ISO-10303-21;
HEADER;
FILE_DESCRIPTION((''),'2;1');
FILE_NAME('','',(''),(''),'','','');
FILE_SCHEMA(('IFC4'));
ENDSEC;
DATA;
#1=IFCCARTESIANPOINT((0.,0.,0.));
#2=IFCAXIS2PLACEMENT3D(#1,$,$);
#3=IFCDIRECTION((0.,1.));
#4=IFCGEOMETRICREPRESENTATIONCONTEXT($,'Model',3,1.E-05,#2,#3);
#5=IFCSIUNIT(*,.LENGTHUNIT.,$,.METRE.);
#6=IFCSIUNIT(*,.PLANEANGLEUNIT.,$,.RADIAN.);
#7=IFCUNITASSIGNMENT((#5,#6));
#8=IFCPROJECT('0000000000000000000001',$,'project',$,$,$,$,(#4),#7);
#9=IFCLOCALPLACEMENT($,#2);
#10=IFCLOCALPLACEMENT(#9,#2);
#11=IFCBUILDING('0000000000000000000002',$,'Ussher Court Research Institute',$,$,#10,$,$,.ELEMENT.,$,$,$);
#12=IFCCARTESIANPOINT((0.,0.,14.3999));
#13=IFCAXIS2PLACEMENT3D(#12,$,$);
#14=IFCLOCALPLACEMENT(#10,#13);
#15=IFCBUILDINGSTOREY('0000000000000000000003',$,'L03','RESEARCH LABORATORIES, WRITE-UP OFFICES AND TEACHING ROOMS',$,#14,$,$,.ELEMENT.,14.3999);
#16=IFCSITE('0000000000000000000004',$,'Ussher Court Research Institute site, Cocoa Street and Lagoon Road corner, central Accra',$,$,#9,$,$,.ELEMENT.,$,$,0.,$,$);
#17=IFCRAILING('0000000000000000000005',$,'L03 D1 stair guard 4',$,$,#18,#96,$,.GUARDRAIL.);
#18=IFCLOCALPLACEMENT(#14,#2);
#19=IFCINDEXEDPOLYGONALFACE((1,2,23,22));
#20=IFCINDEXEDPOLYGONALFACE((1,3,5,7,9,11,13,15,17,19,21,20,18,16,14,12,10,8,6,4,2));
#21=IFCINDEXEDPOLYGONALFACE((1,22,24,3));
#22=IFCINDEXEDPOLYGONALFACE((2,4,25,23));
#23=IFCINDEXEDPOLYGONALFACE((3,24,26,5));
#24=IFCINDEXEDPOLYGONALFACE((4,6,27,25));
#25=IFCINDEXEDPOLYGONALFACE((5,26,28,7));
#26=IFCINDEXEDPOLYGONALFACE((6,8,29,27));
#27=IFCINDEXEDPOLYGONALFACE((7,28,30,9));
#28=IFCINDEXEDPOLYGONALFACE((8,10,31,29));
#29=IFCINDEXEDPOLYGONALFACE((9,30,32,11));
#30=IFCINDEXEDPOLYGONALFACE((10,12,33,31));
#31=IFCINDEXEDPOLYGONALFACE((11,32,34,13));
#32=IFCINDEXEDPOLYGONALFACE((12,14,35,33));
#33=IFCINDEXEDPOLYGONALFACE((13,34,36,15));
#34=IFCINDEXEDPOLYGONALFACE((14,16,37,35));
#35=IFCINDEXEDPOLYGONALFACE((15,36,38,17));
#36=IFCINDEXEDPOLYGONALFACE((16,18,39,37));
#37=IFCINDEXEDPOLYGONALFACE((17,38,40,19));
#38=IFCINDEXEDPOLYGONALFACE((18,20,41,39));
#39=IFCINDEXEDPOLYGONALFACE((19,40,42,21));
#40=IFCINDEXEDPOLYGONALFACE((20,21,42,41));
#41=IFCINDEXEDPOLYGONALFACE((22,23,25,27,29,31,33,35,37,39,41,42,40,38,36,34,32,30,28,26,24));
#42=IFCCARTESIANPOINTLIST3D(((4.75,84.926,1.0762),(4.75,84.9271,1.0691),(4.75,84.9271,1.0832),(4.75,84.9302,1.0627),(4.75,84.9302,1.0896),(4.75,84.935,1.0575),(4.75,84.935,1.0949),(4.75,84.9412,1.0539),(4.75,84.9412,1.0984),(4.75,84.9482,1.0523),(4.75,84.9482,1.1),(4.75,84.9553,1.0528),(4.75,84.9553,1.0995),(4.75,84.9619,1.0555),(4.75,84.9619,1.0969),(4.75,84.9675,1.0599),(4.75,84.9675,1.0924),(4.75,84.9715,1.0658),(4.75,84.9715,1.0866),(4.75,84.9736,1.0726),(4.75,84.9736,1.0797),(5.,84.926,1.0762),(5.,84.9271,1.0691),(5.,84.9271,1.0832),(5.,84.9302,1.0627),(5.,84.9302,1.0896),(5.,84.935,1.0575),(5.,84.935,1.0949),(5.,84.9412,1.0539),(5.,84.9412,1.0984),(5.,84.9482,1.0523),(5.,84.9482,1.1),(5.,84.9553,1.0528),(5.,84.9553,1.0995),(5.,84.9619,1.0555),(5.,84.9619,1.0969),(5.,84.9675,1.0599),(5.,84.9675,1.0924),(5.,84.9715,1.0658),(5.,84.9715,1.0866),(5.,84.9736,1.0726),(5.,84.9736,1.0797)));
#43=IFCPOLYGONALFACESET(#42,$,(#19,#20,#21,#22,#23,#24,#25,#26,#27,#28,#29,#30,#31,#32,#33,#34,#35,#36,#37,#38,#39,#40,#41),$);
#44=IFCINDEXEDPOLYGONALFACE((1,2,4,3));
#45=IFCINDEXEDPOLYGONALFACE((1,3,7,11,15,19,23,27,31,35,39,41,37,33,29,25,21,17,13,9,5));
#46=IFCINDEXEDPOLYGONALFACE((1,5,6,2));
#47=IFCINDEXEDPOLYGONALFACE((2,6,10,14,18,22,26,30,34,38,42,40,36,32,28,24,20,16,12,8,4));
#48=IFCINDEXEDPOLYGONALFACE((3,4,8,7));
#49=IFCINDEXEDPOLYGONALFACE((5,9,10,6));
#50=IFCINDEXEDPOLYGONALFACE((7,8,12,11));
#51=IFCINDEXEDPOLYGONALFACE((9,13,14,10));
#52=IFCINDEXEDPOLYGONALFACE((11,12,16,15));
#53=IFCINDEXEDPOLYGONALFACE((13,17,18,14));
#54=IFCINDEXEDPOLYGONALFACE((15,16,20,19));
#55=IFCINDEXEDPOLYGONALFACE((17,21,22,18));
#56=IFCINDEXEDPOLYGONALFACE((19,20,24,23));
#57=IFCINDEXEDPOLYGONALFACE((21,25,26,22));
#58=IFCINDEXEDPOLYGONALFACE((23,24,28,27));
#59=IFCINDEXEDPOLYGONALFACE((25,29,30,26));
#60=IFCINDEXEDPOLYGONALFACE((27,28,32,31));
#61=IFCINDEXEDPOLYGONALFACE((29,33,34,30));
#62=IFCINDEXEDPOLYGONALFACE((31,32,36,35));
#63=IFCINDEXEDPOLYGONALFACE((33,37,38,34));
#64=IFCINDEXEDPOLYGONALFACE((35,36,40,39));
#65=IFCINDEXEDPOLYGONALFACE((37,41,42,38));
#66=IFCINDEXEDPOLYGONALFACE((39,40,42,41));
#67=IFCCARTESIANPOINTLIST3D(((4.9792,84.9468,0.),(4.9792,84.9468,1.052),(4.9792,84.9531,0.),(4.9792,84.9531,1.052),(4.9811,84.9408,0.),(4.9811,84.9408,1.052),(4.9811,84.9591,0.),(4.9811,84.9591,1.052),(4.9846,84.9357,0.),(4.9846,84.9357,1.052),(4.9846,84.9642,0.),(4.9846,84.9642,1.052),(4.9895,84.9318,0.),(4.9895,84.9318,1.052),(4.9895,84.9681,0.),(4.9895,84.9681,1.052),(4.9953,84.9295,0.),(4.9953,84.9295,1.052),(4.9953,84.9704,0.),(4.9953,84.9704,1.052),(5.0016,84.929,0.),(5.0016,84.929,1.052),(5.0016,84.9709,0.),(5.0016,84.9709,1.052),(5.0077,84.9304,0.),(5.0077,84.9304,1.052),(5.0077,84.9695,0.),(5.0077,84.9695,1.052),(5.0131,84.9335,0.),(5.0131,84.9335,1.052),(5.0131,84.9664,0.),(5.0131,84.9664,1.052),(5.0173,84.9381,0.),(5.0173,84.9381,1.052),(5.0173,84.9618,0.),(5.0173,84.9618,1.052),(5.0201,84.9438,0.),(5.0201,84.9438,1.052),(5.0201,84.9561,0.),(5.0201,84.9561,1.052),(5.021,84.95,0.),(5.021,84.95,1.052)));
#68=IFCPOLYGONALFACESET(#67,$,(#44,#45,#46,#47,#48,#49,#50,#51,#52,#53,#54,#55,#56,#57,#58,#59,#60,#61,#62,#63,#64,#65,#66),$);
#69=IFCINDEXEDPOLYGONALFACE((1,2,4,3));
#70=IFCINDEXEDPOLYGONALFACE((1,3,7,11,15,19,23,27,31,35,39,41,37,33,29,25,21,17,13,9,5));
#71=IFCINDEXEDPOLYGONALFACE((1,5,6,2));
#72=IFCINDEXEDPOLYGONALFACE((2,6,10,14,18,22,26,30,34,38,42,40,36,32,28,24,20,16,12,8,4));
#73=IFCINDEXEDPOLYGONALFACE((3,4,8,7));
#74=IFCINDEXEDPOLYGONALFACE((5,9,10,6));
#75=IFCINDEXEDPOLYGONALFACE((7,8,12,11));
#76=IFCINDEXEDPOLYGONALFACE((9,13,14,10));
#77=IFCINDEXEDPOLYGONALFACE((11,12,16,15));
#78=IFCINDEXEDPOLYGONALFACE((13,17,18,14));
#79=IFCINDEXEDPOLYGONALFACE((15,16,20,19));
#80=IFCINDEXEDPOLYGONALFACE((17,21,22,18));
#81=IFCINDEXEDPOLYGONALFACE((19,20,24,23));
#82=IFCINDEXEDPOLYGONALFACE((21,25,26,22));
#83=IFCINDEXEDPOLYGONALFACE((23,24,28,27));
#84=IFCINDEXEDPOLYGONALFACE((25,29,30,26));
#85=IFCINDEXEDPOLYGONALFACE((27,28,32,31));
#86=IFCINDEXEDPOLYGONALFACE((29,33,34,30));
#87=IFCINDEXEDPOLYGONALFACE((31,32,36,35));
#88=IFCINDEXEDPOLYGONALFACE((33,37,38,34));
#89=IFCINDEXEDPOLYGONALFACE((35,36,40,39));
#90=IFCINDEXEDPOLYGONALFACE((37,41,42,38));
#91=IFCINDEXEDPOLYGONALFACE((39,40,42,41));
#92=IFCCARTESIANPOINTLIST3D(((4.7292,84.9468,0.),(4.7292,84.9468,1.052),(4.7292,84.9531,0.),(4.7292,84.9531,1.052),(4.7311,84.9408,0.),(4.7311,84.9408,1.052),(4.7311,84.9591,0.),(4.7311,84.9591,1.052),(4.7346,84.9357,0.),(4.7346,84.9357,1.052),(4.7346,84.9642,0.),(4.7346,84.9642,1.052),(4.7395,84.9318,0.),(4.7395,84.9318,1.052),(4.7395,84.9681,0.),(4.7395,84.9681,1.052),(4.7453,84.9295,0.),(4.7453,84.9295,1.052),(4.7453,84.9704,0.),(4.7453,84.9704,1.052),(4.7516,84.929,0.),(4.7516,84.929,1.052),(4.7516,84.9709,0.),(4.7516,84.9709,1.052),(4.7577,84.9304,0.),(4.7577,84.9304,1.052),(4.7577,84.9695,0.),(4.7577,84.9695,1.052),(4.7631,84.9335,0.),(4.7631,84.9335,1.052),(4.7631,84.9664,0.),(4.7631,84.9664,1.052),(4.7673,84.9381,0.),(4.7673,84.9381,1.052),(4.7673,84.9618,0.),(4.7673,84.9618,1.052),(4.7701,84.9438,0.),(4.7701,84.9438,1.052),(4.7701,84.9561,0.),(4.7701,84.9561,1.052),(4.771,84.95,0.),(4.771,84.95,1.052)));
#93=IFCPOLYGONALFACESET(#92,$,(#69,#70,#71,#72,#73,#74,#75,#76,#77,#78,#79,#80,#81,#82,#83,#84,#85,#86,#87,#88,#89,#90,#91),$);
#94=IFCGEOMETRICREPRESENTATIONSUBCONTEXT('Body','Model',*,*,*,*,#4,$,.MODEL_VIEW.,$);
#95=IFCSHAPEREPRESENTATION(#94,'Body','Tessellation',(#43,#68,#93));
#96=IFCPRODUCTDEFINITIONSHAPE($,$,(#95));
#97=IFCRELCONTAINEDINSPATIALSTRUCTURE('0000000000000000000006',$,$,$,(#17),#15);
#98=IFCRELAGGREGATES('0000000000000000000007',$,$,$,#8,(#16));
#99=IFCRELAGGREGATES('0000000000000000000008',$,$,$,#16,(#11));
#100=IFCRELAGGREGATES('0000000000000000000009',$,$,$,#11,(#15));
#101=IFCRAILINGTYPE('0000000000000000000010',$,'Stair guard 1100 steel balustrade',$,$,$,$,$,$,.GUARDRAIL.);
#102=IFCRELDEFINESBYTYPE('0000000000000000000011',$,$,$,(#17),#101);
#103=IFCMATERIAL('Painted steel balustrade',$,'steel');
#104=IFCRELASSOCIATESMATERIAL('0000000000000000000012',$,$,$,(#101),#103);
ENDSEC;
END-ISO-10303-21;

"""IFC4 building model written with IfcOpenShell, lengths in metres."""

from ifc_helpers import new_model, si_unit, direction, frame, origin, origin_2d, place, context, subcontext, project, spatial, circle, extrude, material, type_object, element, save


model = new_model("IFC4")

# Units and contexts
model_context = context("Model", 3, precision=1e-05, world=origin(), true_north=direction((0.0, 1.0)))
body_context = subcontext(model_context, "Body", "Model", "MODEL_VIEW")
ifc_project = project(units=[si_unit("LENGTHUNIT", "METRE"), si_unit("PLANEANGLEUNIT", "RADIAN")], contexts=[model_context])

# Site, building, storey
site_placement = place(None, origin())
site = spatial("IfcSite", under=ifc_project, at=site_placement, Name="Ussher Court Research Institute site, Cocoa Street and Lagoon Road corner, central Accra", CompositionType="ELEMENT", RefElevation=0.0)
building_placement = place(site_placement, origin())
building = spatial("IfcBuilding", under=site, at=building_placement, Name="Ussher Court Research Institute", CompositionType="ELEMENT")
storey_placement = place(building_placement, frame((0.0, 0.0, 14.3999)))
storey = spatial("IfcBuildingStorey", under=building, at=storey_placement, Name="L03", Description="RESEARCH LABORATORIES, WRITE-UP OFFICES AND TEACHING ROOMS", CompositionType="ELEMENT", Elevation=14.3999)

# Railing
ifc_material_1 = material(Name="Painted steel balustrade", Category="steel")
railing_type = type_object("IfcRailingType", Name="Stair guard 1100 steel balustrade", PredefinedType="GUARDRAIL", material=ifc_material_1)
railing_1_placement = place(storey_placement, frame((5.0, 84.95, 0.0)))
element("IfcRailing", 1, at=railing_1_placement, inside=storey, type_object=railing_type, Name="L03 D1 stair guard 4", PredefinedType="GUARDRAIL", context=body_context, shape_type="SweptSolid", body=[
    extrude(circle(Radius=0.0239, at=origin_2d()), frame((0.0, 0.0, 1.0762), z_axis=(-1.0, 0.0, 0.0), x_axis=(0.0, -1.0, 0.0)), (0.0, 0.0, 1.0), 0.25),
    extrude(circle(Radius=0.021, at=origin_2d()), origin(), (0.0, 0.0, 1.0), 1.052),
    extrude(circle(Radius=0.021, at=origin_2d()), frame((-0.25, 0.0, 0.0)), (0.0, 0.0, 1.0), 1.052),
])

save(model, "model.ifc")
